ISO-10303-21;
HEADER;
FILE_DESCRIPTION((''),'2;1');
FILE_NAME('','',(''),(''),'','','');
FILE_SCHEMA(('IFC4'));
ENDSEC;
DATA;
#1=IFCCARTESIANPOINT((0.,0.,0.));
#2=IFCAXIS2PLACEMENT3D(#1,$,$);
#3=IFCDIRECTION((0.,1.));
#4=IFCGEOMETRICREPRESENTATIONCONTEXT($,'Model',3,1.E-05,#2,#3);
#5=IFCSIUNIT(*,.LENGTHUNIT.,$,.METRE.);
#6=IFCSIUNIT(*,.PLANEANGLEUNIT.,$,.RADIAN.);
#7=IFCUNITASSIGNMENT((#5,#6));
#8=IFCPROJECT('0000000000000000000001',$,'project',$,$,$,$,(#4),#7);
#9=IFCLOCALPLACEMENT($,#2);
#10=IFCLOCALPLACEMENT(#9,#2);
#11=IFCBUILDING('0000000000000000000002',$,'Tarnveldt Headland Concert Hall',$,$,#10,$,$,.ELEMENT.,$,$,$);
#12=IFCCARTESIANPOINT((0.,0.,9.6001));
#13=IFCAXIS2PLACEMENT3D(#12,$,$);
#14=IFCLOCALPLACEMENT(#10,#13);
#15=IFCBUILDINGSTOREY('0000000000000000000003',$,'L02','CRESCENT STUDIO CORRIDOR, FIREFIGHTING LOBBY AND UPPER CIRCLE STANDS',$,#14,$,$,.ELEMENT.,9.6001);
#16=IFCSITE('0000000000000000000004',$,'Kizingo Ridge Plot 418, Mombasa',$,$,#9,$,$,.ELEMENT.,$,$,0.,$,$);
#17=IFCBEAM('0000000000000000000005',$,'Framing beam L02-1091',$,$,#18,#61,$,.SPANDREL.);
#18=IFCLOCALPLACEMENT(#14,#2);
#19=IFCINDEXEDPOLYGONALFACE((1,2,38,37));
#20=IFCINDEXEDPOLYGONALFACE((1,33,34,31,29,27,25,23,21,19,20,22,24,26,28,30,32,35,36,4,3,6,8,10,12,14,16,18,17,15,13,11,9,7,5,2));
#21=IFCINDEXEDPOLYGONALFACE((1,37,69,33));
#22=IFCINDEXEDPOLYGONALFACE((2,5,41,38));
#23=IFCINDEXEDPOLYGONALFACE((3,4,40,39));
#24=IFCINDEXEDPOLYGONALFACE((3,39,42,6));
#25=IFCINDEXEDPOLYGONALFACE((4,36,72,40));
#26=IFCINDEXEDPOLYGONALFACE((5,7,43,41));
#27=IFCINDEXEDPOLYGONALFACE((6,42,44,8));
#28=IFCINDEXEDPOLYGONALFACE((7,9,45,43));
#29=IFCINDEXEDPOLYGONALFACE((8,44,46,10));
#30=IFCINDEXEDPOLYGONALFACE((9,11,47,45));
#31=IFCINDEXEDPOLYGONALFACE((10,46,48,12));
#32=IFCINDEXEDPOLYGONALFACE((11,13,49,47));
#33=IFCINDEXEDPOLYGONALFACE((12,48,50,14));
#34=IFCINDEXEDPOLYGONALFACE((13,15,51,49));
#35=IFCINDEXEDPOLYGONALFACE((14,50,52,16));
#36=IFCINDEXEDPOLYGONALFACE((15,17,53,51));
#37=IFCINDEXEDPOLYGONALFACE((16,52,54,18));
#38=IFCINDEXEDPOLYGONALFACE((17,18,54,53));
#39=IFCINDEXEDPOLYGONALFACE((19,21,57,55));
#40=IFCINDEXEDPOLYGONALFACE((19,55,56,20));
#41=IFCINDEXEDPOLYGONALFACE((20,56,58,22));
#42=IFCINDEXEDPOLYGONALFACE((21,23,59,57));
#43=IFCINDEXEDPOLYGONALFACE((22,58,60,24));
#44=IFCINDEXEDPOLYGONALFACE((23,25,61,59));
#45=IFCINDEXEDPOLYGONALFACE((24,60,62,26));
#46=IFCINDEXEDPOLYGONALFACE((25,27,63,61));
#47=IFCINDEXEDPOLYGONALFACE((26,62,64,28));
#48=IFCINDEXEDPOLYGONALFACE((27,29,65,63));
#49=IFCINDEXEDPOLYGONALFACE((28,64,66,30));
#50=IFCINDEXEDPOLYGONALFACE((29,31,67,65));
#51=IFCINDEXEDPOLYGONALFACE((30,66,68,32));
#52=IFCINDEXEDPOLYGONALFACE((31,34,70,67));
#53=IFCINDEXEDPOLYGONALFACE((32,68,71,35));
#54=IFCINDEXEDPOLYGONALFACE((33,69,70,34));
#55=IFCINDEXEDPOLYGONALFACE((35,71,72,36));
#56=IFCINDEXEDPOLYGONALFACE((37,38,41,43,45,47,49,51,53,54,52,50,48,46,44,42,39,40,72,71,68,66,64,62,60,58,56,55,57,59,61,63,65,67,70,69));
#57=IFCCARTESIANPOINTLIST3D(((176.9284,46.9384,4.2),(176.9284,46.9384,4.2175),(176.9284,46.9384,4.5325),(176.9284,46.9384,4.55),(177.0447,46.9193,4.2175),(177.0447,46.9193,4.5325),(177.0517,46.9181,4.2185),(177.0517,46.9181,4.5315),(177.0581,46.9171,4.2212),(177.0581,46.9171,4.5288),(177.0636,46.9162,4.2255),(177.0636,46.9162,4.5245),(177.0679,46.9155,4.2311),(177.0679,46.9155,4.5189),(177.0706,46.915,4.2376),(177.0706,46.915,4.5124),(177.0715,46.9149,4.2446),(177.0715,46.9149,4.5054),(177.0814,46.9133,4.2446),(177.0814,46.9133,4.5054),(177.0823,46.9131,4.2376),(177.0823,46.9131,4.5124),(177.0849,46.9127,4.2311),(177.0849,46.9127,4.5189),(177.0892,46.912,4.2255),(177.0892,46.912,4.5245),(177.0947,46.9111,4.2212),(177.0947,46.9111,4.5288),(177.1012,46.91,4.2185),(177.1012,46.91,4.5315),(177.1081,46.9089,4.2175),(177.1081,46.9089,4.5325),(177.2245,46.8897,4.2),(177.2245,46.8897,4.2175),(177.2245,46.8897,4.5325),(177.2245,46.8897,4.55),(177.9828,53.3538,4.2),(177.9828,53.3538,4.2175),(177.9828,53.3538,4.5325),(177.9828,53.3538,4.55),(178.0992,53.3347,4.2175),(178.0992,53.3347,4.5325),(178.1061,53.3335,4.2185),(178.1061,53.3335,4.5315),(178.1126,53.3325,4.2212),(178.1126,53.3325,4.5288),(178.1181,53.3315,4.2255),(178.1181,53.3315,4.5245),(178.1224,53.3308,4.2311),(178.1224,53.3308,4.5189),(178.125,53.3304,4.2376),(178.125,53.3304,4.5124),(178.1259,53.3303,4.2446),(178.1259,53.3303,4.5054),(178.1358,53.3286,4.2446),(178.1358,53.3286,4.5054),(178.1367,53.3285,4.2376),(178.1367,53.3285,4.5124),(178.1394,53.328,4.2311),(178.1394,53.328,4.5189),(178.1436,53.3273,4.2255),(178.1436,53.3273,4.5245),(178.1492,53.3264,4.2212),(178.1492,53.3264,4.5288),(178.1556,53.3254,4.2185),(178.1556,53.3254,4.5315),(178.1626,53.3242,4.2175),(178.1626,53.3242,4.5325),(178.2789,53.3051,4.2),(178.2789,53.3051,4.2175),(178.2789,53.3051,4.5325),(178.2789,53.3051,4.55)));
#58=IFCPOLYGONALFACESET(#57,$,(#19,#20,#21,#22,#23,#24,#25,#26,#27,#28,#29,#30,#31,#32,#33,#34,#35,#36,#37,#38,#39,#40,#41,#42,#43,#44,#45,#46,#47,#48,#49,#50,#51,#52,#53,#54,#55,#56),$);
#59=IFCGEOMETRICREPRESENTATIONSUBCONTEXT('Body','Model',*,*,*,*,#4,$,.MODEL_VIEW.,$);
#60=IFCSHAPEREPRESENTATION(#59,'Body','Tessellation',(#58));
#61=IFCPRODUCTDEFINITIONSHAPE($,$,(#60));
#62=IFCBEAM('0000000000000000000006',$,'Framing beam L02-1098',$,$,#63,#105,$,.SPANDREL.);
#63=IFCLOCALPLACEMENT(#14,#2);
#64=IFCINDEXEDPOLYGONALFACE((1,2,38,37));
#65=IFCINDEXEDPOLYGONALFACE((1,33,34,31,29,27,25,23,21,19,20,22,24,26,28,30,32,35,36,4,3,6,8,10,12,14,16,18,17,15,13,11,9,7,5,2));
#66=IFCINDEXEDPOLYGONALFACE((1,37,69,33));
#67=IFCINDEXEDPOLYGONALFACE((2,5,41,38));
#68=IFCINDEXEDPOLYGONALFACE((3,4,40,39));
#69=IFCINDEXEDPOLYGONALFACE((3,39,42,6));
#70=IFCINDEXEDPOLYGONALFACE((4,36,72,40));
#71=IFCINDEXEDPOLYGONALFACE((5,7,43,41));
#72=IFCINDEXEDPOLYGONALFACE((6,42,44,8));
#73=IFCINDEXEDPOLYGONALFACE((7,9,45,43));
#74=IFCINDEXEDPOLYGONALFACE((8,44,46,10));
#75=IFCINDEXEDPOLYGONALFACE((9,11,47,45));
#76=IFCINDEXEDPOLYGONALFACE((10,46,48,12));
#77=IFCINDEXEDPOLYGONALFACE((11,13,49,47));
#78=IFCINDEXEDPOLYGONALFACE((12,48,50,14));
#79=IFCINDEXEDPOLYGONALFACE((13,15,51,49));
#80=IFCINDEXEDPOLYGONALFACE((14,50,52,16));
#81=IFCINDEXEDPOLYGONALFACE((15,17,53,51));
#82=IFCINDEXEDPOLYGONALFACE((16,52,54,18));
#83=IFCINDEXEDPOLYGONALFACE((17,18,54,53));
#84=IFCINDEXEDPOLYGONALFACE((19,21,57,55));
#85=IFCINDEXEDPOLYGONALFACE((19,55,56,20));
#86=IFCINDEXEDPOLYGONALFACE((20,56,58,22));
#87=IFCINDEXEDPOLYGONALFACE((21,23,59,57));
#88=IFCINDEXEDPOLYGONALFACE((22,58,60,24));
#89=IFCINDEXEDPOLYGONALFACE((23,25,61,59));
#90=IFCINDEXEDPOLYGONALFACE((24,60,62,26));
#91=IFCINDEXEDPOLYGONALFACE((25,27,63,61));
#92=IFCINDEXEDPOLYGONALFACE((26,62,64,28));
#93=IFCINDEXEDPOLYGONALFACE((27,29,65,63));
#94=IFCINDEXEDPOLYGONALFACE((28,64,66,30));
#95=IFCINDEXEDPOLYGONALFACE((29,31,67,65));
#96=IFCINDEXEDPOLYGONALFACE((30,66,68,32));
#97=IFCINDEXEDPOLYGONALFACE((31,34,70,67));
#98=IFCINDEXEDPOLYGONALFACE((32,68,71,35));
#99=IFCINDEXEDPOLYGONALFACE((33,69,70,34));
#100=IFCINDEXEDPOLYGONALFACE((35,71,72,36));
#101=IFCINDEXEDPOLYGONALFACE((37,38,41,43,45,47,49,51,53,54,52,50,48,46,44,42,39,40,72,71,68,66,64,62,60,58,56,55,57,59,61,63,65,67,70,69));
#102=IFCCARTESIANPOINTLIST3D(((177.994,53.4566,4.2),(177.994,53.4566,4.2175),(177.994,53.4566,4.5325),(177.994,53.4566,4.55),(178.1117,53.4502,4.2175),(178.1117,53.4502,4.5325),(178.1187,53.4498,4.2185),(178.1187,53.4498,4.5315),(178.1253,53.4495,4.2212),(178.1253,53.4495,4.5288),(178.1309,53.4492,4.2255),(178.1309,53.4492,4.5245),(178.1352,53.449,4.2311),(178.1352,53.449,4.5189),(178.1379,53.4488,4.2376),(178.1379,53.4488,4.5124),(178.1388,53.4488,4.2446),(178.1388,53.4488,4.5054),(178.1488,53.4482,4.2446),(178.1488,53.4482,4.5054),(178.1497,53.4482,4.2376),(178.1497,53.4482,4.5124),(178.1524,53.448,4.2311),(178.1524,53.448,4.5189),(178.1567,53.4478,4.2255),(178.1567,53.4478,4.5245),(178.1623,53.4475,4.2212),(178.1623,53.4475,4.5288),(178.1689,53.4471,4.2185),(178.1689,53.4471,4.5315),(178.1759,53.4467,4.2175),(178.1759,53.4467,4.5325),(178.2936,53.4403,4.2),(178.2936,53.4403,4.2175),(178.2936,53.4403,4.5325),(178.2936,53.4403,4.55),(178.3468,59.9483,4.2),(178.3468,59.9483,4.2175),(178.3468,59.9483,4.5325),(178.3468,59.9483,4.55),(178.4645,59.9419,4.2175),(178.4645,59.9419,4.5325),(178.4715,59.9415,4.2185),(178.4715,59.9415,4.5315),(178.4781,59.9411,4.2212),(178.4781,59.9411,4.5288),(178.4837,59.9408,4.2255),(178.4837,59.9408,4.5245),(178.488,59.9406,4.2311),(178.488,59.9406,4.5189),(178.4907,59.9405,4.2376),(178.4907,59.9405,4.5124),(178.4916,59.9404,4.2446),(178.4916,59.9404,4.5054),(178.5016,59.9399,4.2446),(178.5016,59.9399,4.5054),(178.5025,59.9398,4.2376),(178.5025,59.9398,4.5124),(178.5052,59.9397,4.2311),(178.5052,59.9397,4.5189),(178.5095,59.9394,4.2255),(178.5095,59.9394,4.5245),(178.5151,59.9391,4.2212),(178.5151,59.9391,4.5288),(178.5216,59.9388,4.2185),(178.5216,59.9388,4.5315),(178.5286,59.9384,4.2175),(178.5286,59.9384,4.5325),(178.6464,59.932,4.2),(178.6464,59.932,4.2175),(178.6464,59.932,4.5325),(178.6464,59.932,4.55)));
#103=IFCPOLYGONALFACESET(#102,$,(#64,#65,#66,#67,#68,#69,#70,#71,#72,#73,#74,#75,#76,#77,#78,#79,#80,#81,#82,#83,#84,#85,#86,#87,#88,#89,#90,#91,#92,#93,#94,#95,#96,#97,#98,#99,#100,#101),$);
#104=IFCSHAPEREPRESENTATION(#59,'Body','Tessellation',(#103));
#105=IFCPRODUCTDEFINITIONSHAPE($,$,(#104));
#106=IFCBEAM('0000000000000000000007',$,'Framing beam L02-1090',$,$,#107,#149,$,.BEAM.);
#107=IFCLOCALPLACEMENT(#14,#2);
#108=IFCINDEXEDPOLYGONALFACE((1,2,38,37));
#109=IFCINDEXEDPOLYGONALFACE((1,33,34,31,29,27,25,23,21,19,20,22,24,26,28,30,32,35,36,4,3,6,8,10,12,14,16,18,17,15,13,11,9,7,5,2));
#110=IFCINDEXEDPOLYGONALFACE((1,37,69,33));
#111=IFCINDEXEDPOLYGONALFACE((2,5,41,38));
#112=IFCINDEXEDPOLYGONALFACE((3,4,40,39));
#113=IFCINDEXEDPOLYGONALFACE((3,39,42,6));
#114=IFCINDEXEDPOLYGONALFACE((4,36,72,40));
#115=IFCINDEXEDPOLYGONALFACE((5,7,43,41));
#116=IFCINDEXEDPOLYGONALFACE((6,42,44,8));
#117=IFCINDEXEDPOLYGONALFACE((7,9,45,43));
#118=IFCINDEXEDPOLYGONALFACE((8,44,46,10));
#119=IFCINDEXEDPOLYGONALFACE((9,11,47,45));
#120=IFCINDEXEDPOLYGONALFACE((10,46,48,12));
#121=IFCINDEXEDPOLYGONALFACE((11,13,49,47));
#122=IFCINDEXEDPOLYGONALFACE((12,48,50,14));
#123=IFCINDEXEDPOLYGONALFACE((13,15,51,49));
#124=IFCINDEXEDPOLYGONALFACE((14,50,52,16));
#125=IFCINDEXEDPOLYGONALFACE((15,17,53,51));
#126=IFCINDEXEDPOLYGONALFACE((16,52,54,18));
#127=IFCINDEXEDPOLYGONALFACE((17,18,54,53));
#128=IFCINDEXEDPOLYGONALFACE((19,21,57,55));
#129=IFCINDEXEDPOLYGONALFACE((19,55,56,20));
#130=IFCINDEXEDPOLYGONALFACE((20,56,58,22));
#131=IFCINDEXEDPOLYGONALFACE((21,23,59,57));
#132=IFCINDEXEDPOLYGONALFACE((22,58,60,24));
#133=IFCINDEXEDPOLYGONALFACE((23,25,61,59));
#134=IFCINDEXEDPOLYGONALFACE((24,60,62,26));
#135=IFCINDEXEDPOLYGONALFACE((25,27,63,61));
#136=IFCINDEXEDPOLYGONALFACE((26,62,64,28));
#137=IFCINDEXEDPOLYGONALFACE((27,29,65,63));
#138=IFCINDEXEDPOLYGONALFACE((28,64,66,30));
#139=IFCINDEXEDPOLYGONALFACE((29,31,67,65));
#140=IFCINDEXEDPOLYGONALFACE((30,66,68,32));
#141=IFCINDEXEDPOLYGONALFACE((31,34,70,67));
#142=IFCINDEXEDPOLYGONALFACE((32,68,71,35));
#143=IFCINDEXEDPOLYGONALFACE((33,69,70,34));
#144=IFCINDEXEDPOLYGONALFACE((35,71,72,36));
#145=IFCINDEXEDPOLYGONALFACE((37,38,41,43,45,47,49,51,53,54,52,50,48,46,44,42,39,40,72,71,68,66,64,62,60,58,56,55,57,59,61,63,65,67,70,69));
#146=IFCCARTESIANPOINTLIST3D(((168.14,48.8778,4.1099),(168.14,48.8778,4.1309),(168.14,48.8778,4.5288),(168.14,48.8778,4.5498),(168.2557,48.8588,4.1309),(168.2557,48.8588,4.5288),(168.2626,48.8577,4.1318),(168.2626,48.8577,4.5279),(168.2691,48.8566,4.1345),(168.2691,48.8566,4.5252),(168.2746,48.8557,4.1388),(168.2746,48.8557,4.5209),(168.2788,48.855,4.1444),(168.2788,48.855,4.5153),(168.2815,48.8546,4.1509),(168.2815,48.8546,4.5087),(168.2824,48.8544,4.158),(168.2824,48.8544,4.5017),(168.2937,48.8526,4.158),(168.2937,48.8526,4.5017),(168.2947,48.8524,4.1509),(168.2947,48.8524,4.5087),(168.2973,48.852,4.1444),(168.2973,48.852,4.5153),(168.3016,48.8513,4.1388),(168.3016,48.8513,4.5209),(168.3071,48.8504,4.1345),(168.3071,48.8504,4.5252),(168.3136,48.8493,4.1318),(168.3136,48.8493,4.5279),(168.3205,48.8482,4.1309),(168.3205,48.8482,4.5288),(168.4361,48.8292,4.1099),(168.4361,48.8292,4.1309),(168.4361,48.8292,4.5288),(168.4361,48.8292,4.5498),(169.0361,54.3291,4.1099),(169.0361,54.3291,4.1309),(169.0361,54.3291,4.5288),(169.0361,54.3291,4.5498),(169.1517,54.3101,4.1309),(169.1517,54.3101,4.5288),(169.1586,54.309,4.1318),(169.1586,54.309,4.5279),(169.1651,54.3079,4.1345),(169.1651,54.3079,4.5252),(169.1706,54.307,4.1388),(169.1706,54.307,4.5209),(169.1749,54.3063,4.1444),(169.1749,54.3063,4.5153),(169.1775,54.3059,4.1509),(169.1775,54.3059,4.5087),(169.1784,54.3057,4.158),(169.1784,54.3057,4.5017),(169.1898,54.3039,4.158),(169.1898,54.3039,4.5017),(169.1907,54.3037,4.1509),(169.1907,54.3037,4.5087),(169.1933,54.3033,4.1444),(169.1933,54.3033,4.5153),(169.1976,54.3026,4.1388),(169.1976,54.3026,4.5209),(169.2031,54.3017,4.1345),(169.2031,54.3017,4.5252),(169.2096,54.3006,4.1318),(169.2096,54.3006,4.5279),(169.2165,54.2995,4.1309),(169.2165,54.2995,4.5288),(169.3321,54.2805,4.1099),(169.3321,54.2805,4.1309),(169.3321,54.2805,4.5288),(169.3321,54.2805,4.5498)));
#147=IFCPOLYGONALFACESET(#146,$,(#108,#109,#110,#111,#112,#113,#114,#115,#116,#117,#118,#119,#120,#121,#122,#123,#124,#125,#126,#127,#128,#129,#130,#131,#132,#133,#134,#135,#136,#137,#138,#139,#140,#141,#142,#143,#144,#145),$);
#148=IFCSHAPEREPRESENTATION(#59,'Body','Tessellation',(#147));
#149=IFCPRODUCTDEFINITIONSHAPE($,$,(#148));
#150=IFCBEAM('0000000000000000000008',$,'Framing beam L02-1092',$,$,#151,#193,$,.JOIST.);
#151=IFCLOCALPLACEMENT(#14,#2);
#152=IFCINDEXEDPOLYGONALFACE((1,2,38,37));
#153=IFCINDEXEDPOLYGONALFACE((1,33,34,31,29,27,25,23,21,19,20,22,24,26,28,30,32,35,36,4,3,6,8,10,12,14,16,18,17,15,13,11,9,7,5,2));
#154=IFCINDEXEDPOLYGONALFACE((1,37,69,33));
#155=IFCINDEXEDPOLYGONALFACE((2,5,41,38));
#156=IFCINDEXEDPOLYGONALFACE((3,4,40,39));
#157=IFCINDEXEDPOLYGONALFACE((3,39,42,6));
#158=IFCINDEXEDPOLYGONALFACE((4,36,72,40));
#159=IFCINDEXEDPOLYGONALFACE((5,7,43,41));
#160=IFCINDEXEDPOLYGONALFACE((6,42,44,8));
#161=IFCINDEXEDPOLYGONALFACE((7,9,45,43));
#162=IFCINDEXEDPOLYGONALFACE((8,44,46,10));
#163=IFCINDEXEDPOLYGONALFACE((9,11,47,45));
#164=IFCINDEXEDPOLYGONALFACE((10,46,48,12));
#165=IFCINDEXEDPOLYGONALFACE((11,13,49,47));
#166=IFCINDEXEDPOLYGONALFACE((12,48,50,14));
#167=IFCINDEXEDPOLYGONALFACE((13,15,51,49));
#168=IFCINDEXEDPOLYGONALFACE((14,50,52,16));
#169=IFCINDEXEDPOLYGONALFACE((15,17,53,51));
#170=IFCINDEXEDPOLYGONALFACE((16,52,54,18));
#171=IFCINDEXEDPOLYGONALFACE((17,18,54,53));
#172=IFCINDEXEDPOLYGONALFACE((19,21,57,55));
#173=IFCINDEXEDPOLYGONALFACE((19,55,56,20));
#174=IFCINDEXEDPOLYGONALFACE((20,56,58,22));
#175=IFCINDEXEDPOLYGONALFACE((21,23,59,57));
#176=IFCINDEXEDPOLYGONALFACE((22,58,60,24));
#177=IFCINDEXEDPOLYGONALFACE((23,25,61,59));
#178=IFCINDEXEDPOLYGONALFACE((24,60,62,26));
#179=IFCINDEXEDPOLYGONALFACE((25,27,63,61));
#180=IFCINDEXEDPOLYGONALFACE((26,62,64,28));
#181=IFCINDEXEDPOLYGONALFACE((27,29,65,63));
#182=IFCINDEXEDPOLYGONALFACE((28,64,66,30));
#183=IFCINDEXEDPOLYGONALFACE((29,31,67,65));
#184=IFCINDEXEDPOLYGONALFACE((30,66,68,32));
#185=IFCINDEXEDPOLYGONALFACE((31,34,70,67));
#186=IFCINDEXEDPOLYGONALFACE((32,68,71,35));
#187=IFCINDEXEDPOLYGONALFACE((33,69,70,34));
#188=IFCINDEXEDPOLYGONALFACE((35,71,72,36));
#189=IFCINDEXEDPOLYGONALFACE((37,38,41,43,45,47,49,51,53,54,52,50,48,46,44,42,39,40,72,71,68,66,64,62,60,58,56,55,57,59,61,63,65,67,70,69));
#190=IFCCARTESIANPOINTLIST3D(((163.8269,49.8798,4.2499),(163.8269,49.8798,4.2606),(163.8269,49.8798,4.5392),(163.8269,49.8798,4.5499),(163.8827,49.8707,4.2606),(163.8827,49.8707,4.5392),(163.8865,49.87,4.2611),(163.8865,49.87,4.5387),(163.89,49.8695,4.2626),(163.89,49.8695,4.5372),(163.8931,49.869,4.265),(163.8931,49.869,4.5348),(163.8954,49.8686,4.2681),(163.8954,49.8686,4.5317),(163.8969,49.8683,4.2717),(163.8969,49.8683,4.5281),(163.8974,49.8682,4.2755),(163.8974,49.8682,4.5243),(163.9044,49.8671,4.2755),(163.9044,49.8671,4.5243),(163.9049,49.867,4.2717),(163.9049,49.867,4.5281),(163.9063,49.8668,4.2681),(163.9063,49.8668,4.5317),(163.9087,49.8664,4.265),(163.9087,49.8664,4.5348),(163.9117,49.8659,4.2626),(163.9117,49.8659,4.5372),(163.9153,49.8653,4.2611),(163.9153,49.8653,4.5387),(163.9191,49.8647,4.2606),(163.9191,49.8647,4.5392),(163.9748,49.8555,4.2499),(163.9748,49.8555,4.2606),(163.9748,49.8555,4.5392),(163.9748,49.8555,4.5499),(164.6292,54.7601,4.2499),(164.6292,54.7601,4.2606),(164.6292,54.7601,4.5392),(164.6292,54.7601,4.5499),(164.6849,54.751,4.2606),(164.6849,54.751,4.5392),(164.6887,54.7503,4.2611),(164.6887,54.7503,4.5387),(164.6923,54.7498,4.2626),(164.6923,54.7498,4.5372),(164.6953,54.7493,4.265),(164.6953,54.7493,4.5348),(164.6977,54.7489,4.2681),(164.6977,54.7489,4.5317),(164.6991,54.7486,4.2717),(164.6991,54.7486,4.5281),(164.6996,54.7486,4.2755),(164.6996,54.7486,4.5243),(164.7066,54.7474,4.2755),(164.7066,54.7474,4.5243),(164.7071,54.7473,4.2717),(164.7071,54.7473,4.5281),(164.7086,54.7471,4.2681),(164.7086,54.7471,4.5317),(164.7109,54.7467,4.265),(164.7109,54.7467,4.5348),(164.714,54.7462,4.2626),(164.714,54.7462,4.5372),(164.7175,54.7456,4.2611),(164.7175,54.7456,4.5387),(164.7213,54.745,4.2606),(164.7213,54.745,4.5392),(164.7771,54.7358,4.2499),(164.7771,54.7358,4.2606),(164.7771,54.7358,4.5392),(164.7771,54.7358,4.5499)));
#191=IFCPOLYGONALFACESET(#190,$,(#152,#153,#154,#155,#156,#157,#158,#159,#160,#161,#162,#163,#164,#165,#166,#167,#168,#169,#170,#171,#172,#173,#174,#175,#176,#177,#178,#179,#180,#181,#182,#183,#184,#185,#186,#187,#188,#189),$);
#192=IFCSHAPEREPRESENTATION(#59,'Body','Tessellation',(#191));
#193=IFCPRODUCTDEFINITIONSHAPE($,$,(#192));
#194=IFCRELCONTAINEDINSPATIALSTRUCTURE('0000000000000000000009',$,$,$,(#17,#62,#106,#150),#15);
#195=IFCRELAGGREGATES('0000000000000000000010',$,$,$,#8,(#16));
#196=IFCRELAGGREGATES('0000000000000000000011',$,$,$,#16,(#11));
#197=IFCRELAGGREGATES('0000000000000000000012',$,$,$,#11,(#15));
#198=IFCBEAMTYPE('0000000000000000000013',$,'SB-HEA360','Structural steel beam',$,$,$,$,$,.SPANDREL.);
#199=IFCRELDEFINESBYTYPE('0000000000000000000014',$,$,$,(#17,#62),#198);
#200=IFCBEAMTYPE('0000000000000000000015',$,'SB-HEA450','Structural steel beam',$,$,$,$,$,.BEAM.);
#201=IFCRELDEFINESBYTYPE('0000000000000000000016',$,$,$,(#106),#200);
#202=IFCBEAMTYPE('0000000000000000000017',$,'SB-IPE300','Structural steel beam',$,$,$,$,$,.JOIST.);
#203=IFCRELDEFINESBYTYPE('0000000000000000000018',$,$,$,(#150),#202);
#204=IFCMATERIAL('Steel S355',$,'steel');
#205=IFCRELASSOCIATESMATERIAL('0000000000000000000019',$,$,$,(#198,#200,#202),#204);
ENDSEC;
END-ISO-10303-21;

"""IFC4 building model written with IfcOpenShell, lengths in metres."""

from ifc_helpers import new_model, si_unit, direction, frame, origin, origin_2d, place, context, subcontext, project, spatial, i_section, extrude, material, material_profile, profile_set, type_object, element, save


model = new_model("IFC4")

# Units and contexts
model_context = context("Model", 3, precision=1e-05, world=origin(), true_north=direction((0.0, 1.0)))
body_context = subcontext(model_context, "Body", "Model", "MODEL_VIEW")
ifc_project = project(units=[si_unit("LENGTHUNIT", "METRE"), si_unit("PLANEANGLEUNIT", "RADIAN")], contexts=[model_context])

# Site, building, storey
site_placement = place(None, origin())
site = spatial("IfcSite", under=ifc_project, at=site_placement, Name="Kizingo Ridge Plot 418, Mombasa", CompositionType="ELEMENT", RefElevation=0.0)
building_placement = place(site_placement, origin())
building = spatial("IfcBuilding", under=site, at=building_placement, Name="Tarnveldt Headland Concert Hall", CompositionType="ELEMENT")
storey_placement = place(building_placement, frame((0.0, 0.0, 9.6001)))
storey = spatial("IfcBuildingStorey", under=building, at=storey_placement, Name="L02", Description="CRESCENT STUDIO CORRIDOR, FIREFIGHTING LOBBY AND UPPER CIRCLE STANDS", CompositionType="ELEMENT", Elevation=9.6001)

# Shared definitions
ifc_material_1 = material(Name="Steel S355", Category="steel")

# Beams
ifc_material_profile_1 = material_profile(ifc_material_1, i_section(OverallWidth=0.3, OverallDepth=0.3501, WebThickness=0.01, FlangeThickness=0.0176, FilletRadius=0.0271, at=origin_2d()), Name="HEA360", Category="steel")
ifc_profile_set_1 = profile_set([ifc_material_profile_1], Name="Steel S355")
beam_type_1 = type_object("IfcBeamType", Name="SB-HEA360", Description="Structural steel beam", PredefinedType="SPANDREL", material=ifc_profile_set_1)
beam_1_placement = place(storey_placement, frame((177.0764, 46.9141, 4.375), z_axis=(0.162188, 0.98676, 0.0), x_axis=(-0.98676, 0.162188, 0.0)))
element("IfcBeam", 1, at=beam_1_placement, inside=storey, type_object=beam_type_1, Name="Framing beam L02-1091", PredefinedType="SPANDREL", context=body_context, shape_type="SweptSolid", body=[
    extrude(i_section(OverallWidth=0.3, OverallDepth=0.3501, WebThickness=0.01, FlangeThickness=0.0176, FilletRadius=0.0271, at=origin_2d()), origin(), (0.0, 0.0, 1.0), 6.5015),
])
beam_2_placement = place(storey_placement, frame((178.1438, 53.4485, 4.375), z_axis=(0.054264, 0.998527, 0.0), x_axis=(-0.998527, 0.054264, 0.0)))
element("IfcBeam", 2, at=beam_2_placement, inside=storey, type_object=beam_type_1, Name="Framing beam L02-1098", PredefinedType="SPANDREL", context=body_context, shape_type="SweptSolid", body=[
    extrude(i_section(OverallWidth=0.3, OverallDepth=0.3501, WebThickness=0.01, FlangeThickness=0.0176, FilletRadius=0.0271, at=origin_2d()), origin(), (0.0, 0.0, 1.0), 6.5012),
])
ifc_material_profile_2 = material_profile(ifc_material_1, i_section(OverallWidth=0.3, OverallDepth=0.4399, WebThickness=0.0115, FlangeThickness=0.021, FilletRadius=0.0271, at=origin_2d()), Name="HEA450", Category="steel")
ifc_profile_set_2 = profile_set([ifc_material_profile_2], Name="Steel S355")
beam_type_2 = type_object("IfcBeamType", Name="SB-HEA450", Description="Structural steel beam", PredefinedType="BEAM", material=ifc_profile_set_2)
beam_3_placement = place(storey_placement, frame((168.2881, 48.8535, 4.3298), z_axis=(0.162191, 0.986759, 0.0), x_axis=(-0.986759, 0.162191, 0.0)))
element("IfcBeam", 3, at=beam_3_placement, inside=storey, type_object=beam_type_2, Name="Framing beam L02-1090", PredefinedType="BEAM", context=body_context, shape_type="SweptSolid", body=[
    extrude(i_section(OverallWidth=0.3, OverallDepth=0.4399, WebThickness=0.0115, FlangeThickness=0.021, FilletRadius=0.0271, at=origin_2d()), origin(), (0.0, 0.0, 1.0), 5.5244),
])
ifc_material_profile_3 = material_profile(ifc_material_1, i_section(OverallWidth=0.1499, OverallDepth=0.3, WebThickness=0.0071, FlangeThickness=0.0107, FilletRadius=0.0149, at=origin_2d()), Name="IPE300", Category="steel")
ifc_profile_set_3 = profile_set([ifc_material_profile_3], Name="Steel S355")
beam_type_3 = type_object("IfcBeamType", Name="SB-IPE300", Description="Structural steel beam", PredefinedType="JOIST", material=ifc_profile_set_3)
beam_4_placement = place(storey_placement, frame((163.9009, 49.8677, 4.3999), z_axis=(0.162205, 0.986757, 0.0), x_axis=(-0.986757, 0.162205, 0.0)))
element("IfcBeam", 4, at=beam_4_placement, inside=storey, type_object=beam_type_3, Name="Framing beam L02-1092", PredefinedType="JOIST", context=body_context, shape_type="SweptSolid", body=[
    extrude(i_section(OverallWidth=0.1499, OverallDepth=0.3, WebThickness=0.0071, FlangeThickness=0.0107, FilletRadius=0.0149, at=origin_2d()), origin(), (0.0, 0.0, 1.0), 4.9458),
])

save(model, "model.ifc")
